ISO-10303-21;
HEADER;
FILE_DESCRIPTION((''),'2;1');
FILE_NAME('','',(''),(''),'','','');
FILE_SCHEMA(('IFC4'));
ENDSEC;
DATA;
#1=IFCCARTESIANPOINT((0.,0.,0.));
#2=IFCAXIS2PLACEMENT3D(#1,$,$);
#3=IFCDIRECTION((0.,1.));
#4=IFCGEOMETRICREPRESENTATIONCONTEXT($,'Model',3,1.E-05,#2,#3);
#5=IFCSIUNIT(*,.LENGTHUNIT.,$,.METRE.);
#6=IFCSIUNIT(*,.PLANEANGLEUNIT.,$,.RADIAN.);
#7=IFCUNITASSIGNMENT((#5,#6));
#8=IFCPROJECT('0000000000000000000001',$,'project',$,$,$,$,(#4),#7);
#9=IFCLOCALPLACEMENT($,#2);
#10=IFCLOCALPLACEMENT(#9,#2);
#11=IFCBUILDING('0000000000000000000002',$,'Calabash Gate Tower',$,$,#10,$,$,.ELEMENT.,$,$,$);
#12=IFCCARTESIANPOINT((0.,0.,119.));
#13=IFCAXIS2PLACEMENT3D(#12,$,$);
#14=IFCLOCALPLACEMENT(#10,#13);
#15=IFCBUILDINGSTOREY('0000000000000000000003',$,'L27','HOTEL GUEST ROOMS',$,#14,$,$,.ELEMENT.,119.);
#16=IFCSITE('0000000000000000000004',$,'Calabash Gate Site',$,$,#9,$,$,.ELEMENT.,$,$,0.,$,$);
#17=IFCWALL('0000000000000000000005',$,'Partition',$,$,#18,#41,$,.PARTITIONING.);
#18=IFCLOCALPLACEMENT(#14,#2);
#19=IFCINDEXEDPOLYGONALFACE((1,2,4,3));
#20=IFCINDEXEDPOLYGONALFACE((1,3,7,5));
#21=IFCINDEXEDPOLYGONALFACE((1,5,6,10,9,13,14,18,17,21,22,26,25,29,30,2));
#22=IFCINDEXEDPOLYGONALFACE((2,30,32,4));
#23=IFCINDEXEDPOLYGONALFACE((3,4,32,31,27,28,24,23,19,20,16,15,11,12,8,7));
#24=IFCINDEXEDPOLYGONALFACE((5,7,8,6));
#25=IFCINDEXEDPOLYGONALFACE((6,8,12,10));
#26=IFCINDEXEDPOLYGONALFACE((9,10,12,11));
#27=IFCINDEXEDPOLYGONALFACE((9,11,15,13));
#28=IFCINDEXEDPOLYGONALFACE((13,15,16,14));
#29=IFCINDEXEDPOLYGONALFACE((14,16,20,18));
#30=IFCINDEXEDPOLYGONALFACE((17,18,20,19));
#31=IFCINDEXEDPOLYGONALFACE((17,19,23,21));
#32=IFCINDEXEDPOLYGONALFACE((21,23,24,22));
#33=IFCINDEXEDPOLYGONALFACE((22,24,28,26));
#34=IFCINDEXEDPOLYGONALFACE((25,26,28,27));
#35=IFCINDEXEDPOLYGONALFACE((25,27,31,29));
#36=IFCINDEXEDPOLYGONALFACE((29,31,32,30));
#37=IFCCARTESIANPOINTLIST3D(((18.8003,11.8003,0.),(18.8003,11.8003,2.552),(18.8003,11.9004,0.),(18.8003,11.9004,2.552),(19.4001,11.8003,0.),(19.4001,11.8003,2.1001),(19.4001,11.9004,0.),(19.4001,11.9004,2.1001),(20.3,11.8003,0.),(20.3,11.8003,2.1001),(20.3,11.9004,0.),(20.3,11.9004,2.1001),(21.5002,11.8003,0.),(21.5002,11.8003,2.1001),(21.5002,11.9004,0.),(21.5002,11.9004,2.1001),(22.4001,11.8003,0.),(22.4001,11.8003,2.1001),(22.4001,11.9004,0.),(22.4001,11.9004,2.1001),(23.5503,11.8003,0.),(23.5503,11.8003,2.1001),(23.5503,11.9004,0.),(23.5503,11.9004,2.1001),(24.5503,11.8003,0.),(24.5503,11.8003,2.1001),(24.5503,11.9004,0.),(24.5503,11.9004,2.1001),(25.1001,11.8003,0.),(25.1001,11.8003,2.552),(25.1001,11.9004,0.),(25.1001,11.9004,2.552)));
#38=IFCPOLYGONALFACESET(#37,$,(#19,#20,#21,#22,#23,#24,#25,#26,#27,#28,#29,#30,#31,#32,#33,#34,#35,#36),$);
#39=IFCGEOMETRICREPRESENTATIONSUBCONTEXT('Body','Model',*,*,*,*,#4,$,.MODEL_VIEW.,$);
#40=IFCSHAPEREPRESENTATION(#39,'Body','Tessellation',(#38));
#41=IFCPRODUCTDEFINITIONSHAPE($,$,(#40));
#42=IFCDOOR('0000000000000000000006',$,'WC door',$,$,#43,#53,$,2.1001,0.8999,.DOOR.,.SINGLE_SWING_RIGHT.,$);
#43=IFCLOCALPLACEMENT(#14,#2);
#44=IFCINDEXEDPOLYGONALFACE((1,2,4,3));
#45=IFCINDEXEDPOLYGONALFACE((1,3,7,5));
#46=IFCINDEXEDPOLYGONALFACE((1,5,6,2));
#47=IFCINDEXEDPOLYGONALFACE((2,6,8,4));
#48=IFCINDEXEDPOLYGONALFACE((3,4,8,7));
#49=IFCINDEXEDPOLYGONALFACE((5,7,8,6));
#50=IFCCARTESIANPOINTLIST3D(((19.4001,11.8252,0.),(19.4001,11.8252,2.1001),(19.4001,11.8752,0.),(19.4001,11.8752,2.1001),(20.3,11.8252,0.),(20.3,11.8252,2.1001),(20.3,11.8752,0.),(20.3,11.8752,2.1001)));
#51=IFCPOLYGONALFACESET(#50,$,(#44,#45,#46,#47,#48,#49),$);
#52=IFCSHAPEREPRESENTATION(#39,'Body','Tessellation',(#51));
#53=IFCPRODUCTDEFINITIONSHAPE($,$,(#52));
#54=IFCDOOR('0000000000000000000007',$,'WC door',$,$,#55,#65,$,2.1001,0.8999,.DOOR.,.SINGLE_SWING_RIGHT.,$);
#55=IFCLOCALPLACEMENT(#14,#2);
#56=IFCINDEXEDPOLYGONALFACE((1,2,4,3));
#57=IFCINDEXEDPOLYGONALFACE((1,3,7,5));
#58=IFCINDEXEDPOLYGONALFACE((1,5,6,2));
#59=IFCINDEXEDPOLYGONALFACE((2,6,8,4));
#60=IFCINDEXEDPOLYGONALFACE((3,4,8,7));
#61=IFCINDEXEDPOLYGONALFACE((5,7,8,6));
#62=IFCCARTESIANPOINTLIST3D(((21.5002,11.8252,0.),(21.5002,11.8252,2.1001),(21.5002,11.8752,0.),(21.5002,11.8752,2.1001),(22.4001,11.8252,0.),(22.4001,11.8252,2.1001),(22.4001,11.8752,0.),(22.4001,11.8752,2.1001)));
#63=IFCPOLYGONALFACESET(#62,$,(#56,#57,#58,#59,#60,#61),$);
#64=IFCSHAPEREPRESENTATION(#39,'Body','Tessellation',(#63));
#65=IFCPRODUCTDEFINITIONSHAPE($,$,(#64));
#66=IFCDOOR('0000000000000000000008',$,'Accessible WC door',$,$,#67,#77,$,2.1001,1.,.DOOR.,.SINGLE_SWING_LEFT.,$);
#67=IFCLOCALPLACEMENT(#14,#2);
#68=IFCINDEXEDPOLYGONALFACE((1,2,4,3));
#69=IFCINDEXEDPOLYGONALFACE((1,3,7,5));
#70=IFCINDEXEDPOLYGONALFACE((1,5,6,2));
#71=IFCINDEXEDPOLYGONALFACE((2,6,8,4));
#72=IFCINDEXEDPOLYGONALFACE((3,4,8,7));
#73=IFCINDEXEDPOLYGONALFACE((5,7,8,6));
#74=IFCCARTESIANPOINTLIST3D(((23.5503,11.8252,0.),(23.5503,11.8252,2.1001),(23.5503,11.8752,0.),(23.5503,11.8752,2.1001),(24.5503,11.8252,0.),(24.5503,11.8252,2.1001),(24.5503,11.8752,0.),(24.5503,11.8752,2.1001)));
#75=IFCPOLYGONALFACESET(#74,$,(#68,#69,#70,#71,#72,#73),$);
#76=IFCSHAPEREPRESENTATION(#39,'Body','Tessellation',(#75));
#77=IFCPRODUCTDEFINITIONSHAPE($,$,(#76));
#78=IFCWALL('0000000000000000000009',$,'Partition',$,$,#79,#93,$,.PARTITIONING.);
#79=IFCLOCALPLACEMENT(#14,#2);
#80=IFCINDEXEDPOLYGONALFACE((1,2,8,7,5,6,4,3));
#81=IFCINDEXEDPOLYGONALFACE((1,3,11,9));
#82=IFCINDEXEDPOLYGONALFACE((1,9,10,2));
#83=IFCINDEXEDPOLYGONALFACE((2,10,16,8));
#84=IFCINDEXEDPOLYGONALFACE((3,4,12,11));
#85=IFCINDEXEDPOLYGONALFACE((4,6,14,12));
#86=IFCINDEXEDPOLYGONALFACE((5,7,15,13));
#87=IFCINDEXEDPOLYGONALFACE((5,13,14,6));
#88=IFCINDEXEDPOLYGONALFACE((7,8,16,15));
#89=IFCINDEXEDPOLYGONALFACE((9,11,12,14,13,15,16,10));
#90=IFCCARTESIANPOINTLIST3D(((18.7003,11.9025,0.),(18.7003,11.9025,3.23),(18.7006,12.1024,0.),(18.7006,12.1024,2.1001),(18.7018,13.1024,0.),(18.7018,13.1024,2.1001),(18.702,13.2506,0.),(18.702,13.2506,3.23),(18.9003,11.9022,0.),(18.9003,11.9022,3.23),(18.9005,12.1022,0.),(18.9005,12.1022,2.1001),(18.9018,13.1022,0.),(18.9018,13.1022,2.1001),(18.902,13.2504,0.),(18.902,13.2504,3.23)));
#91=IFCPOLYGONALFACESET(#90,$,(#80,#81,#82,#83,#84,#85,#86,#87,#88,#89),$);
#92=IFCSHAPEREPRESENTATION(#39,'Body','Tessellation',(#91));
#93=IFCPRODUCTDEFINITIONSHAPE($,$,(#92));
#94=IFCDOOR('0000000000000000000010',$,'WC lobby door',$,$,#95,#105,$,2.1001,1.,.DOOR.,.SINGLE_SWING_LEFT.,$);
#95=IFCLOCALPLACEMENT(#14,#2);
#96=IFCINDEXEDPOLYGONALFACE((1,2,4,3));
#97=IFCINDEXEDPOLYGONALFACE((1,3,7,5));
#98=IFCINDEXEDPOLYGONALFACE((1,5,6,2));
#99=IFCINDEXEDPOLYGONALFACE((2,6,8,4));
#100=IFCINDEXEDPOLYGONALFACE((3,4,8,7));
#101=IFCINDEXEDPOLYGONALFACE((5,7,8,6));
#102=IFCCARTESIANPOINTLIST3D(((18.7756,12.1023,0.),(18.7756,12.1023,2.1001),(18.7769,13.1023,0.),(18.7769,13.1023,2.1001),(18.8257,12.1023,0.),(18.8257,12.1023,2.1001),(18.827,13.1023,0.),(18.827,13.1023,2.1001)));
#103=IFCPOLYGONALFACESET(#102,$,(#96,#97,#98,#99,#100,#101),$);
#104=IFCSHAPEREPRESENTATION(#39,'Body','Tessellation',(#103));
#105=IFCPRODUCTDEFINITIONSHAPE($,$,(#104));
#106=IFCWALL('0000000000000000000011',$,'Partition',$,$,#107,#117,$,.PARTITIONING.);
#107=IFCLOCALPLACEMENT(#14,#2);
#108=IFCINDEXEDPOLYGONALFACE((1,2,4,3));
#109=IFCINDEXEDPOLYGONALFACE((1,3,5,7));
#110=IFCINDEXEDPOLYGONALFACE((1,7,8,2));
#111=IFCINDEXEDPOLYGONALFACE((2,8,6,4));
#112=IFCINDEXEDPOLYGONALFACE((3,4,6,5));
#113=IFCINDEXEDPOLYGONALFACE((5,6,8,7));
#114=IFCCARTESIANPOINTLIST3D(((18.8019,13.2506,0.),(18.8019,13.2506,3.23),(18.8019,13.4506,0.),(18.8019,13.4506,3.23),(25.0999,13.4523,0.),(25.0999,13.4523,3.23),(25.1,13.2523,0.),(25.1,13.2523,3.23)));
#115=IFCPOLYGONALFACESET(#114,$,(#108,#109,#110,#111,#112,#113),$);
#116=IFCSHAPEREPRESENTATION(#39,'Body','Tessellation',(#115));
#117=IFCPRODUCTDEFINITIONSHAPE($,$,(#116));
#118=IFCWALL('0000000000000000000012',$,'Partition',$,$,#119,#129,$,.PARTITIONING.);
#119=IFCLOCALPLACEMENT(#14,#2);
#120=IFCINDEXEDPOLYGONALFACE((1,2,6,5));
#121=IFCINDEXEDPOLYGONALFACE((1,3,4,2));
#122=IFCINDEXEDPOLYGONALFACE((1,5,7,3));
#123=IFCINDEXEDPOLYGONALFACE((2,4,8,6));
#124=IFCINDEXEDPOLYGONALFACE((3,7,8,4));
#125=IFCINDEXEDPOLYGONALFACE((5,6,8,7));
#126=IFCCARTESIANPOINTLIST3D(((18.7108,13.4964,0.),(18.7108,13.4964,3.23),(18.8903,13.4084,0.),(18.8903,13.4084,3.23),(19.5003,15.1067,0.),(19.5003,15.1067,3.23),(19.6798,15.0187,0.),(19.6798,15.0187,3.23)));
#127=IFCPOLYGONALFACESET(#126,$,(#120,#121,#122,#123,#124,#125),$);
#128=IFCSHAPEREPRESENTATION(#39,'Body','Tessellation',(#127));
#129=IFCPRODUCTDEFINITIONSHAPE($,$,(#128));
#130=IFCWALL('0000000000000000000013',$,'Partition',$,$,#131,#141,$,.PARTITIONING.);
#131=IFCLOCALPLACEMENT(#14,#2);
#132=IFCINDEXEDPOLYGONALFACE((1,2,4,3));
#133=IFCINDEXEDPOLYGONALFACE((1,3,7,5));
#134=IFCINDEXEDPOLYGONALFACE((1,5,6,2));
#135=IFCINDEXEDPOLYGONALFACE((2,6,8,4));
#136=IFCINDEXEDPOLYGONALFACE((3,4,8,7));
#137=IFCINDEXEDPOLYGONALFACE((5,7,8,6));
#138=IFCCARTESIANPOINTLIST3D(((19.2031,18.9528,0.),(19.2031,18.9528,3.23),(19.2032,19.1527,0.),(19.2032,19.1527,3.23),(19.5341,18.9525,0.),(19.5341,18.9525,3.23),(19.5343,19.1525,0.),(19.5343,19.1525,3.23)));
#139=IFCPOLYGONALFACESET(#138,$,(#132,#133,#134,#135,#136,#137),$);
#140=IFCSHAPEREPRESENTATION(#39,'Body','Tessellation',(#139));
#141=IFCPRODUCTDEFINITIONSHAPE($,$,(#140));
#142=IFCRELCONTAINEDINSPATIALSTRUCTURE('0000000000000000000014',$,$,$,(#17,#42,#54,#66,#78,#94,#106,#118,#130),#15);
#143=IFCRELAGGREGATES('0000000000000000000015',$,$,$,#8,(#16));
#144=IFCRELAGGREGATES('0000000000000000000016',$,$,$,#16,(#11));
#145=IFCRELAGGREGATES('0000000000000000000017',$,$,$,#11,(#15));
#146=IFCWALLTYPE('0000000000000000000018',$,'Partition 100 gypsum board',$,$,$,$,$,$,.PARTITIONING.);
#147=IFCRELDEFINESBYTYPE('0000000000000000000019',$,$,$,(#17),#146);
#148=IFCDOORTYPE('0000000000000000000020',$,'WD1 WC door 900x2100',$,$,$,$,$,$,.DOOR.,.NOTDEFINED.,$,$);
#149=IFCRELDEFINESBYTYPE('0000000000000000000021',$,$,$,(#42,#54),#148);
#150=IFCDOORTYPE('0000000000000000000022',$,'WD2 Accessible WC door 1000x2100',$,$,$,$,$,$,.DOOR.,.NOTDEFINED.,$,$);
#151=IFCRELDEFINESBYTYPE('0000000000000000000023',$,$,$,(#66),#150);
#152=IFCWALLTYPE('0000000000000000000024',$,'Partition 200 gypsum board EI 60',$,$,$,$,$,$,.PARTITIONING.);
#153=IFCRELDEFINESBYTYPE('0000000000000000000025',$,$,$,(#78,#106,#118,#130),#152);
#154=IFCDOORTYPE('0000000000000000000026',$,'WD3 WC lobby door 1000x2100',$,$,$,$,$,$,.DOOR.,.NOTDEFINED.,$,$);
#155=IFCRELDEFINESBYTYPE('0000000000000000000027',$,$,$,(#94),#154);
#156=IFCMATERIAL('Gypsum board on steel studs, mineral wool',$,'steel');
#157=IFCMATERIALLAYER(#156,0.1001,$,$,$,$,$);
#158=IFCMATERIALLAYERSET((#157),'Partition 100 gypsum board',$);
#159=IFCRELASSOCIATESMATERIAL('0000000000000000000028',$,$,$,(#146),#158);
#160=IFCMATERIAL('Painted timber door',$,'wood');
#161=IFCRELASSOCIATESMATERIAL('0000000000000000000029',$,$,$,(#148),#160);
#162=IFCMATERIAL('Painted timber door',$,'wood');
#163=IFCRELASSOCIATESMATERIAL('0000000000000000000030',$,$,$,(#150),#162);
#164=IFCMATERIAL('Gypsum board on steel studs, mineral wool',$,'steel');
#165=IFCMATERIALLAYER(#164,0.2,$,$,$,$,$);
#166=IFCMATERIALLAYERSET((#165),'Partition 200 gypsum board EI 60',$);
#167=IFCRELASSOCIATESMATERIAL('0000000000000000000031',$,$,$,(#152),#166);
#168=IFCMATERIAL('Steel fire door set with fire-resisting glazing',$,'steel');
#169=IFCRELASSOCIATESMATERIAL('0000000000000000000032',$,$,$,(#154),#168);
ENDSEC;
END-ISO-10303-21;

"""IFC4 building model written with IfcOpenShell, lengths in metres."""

from ifc_helpers import new_model, si_unit, direction, frame, frame_2d, origin, place, context, subcontext, project, spatial, rectangle, extrude, material, layer, layer_set, type_object, element, fill, save


model = new_model("IFC4")

# Units and contexts
model_context = context("Model", 3, precision=1e-05, world=origin(), true_north=direction((0.0, 1.0)))
body_context = subcontext(model_context, "Body", "Model", "MODEL_VIEW")
ifc_project = project(units=[si_unit("LENGTHUNIT", "METRE"), si_unit("PLANEANGLEUNIT", "RADIAN")], contexts=[model_context])

# Site, building, storey
site_placement = place(None, origin())
site = spatial("IfcSite", under=ifc_project, at=site_placement, Name="Calabash Gate Site", CompositionType="ELEMENT", RefElevation=0.0)
building_placement = place(site_placement, origin())
building = spatial("IfcBuilding", under=site, at=building_placement, Name="Calabash Gate Tower", CompositionType="ELEMENT")
storey_placement = place(building_placement, frame((0.0, 0.0, 119.0)))
storey = spatial("IfcBuildingStorey", under=building, at=storey_placement, Name="L27", Description="HOTEL GUEST ROOMS", CompositionType="ELEMENT", Elevation=119.0)

# Wall, openings, doors
ifc_material_1 = material(Name="Gypsum board on steel studs, mineral wool", Category="steel")
ifc_layer_1 = layer(ifc_material_1, 0.1001)
ifc_layer_set_1 = layer_set([ifc_layer_1], Name="Partition 100 gypsum board")
wall_type_1 = type_object("IfcWallType", Name="Partition 100 gypsum board", PredefinedType="PARTITIONING", material=ifc_layer_set_1)
wall_1_placement = place(storey_placement, frame((18.8003, 11.8503, 0.0), z_axis=(0.0, 0.0, 1.0), x_axis=(1.0, 0.0, 0.0)))
wall_1 = element("IfcWall", 1, at=wall_1_placement, inside=storey, type_object=wall_type_1, Name="Partition", PredefinedType="PARTITIONING", context=body_context, shape_type="SweptSolid", body=[
    extrude(rectangle(XDim=6.2998, YDim=0.1001, at=frame_2d((3.1499, 0.0))), origin(), (0.0, 0.0, 1.0), 2.552),
])
opening_1_placement = place(wall_1_placement, frame((0.5999, 0.0, 0.0)))
opening_1 = element("IfcOpeningElement", 2, at=opening_1_placement, cuts=wall_1, PredefinedType="OPENING", context=body_context, shape_type="SweptSolid", body=[
    extrude(rectangle(XDim=0.8999, YDim=2.1001, at=frame_2d((0.45, 1.05))), frame((0.0, 0.0601, 0.0), z_axis=(0.0, -1.0, 0.0), x_axis=(1.0, 0.0, 0.0)), (0.0, 0.0, 1.0), 0.1201),
])
opening_2_placement = place(wall_1_placement, frame((2.7, 0.0, 0.0)))
opening_2 = element("IfcOpeningElement", 3, at=opening_2_placement, cuts=wall_1, PredefinedType="OPENING", context=body_context, shape_type="SweptSolid", body=[
    extrude(rectangle(XDim=0.8999, YDim=2.1001, at=frame_2d((0.45, 1.05))), frame((0.0, 0.0601, 0.0), z_axis=(0.0, -1.0, 0.0), x_axis=(1.0, 0.0, 0.0)), (0.0, 0.0, 1.0), 0.1201),
])
opening_3_placement = place(wall_1_placement, frame((4.75, 0.0, 0.0)))
opening_3 = element("IfcOpeningElement", 4, at=opening_3_placement, cuts=wall_1, PredefinedType="OPENING", context=body_context, shape_type="SweptSolid", body=[
    extrude(rectangle(XDim=1.0, YDim=2.1001, at=frame_2d((0.5, 1.05))), frame((0.0, 0.0601, 0.0), z_axis=(0.0, -1.0, 0.0), x_axis=(1.0, 0.0, 0.0)), (0.0, 0.0, 1.0), 0.1201),
])
ifc_material_2 = material(Name="Painted timber door", Category="wood")
door_type_1 = type_object("IfcDoorType", Name="WD1 WC door 900x2100", OperationType="NOTDEFINED", PredefinedType="DOOR", material=ifc_material_2)
door_1_placement = place(opening_1_placement, origin())
door_1 = element("IfcDoor", 5, at=door_1_placement, inside=storey, type_object=door_type_1, Name="WC door", OperationType="SINGLE_SWING_RIGHT", OverallHeight=2.1001, OverallWidth=0.8999, PredefinedType="DOOR", context=body_context, shape_type="SweptSolid", body=[
    extrude(rectangle(XDim=0.8999, YDim=2.1001, at=frame_2d((0.45, 1.05))), frame((0.0, 0.0249, 0.0), z_axis=(0.0, -1.0, 0.0), x_axis=(1.0, 0.0, 0.0)), (0.0, 0.0, 1.0), 0.05),
])
fill(opening_1, door_1)
door_2_placement = place(opening_2_placement, origin())
door_2 = element("IfcDoor", 6, at=door_2_placement, inside=storey, type_object=door_type_1, Name="WC door", OperationType="SINGLE_SWING_RIGHT", OverallHeight=2.1001, OverallWidth=0.8999, PredefinedType="DOOR", context=body_context, shape_type="SweptSolid", body=[
    extrude(rectangle(XDim=0.8999, YDim=2.1001, at=frame_2d((0.45, 1.05))), frame((0.0, 0.0249, 0.0), z_axis=(0.0, -1.0, 0.0), x_axis=(1.0, 0.0, 0.0)), (0.0, 0.0, 1.0), 0.05),
])
fill(opening_2, door_2)
ifc_material_3 = material(Name="Painted timber door", Category="wood")
door_type_2 = type_object("IfcDoorType", Name="WD2 Accessible WC door 1000x2100", OperationType="NOTDEFINED", PredefinedType="DOOR", material=ifc_material_3)
door_3_placement = place(opening_3_placement, origin())
door_3 = element("IfcDoor", 7, at=door_3_placement, inside=storey, type_object=door_type_2, Name="Accessible WC door", OperationType="SINGLE_SWING_LEFT", OverallHeight=2.1001, OverallWidth=1.0, PredefinedType="DOOR", context=body_context, shape_type="SweptSolid", body=[
    extrude(rectangle(XDim=1.0, YDim=2.1001, at=frame_2d((0.5, 1.05))), frame((0.0, 0.0249, 0.0), z_axis=(0.0, -1.0, 0.0), x_axis=(1.0, 0.0, 0.0)), (0.0, 0.0, 1.0), 0.05),
])
fill(opening_3, door_3)

# Wall, opening, door
ifc_material_4 = material(Name="Gypsum board on steel studs, mineral wool", Category="steel")
ifc_layer_2 = layer(ifc_material_4, 0.2)
ifc_layer_set_2 = layer_set([ifc_layer_2], Name="Partition 200 gypsum board EI 60")
wall_type_2 = type_object("IfcWallType", Name="Partition 200 gypsum board EI 60", PredefinedType="PARTITIONING", material=ifc_layer_set_2)
wall_2_placement = place(storey_placement, frame((18.8003, 11.9023, 0.0), z_axis=(0.0, 0.0, 1.0), x_axis=(0.001268, 0.999999, 0.0)))
wall_2 = element("IfcWall", 8, at=wall_2_placement, inside=storey, type_object=wall_type_2, Name="Partition", PredefinedType="PARTITIONING", context=body_context, shape_type="SweptSolid", body=[
    extrude(rectangle(XDim=1.3481, YDim=0.2, at=frame_2d((0.6741, 0.0))), origin(), (0.0, 0.0, 1.0), 3.23),
])
opening_4_placement = place(wall_2_placement, frame((0.2, 0.0, 0.0)))
opening_4 = element("IfcOpeningElement", 9, at=opening_4_placement, cuts=wall_2, PredefinedType="OPENING", context=body_context, shape_type="SweptSolid", body=[
    extrude(rectangle(XDim=1.0, YDim=2.1001, at=frame_2d((0.5, 1.05))), frame((0.0, 0.1099, 0.0), z_axis=(0.0, -1.0, 0.0), x_axis=(1.0, 0.0, 0.0)), (0.0, 0.0, 1.0), 0.22),
])
ifc_material_5 = material(Name="Steel fire door set with fire-resisting glazing", Category="steel")
door_type_3 = type_object("IfcDoorType", Name="WD3 WC lobby door 1000x2100", OperationType="NOTDEFINED", PredefinedType="DOOR", material=ifc_material_5)
door_4_placement = place(opening_4_placement, origin())
door_4 = element("IfcDoor", 10, at=door_4_placement, inside=storey, type_object=door_type_3, Name="WC lobby door", OperationType="SINGLE_SWING_LEFT", OverallHeight=2.1001, OverallWidth=1.0, PredefinedType="DOOR", context=body_context, shape_type="SweptSolid", body=[
    extrude(rectangle(XDim=1.0, YDim=2.1001, at=frame_2d((0.5, 1.05))), frame((0.0, 0.0249, 0.0), z_axis=(0.0, -1.0, 0.0), x_axis=(1.0, 0.0, 0.0)), (0.0, 0.0, 1.0), 0.05),
])
fill(opening_4, door_4)

# Walls
wall_3_placement = place(storey_placement, frame((18.802, 13.3506, 0.0), z_axis=(0.0, 0.0, 1.0), x_axis=(1.0, 0.000271, 0.0)))
element("IfcWall", 11, at=wall_3_placement, inside=storey, type_object=wall_type_2, Name="Partition", PredefinedType="PARTITIONING", context=body_context, shape_type="SweptSolid", body=[
    extrude(rectangle(XDim=6.2981, YDim=0.2, at=frame_2d((3.1489, 0.0))), origin(), (0.0, 0.0, 1.0), 3.23),
])
wall_4_placement = place(storey_placement, frame((18.8005, 13.4524, 0.0), z_axis=(0.0, 0.0, 1.0), x_axis=(0.44023, 0.897885, 0.0)))
element("IfcWall", 12, at=wall_4_placement, inside=storey, type_object=wall_type_2, Name="Partition", PredefinedType="PARTITIONING", context=body_context, shape_type="SweptSolid", body=[
    extrude(rectangle(XDim=1.7935, YDim=0.2, at=frame_2d((0.8967, 0.0))), origin(), (0.0, 0.0, 1.0), 3.23),
])
wall_5_placement = place(storey_placement, frame((19.2031, 19.0527, 0.0), z_axis=(0.0, 0.0, 1.0), x_axis=(1.0, -0.000737, 0.0)))
element("IfcWall", 13, at=wall_5_placement, inside=storey, type_object=wall_type_2, Name="Partition", PredefinedType="PARTITIONING", context=body_context, shape_type="SweptSolid", body=[
    extrude(rectangle(XDim=0.3311, YDim=0.2, at=frame_2d((0.1655, 0.0))), origin(), (0.0, 0.0, 1.0), 3.23),
])

save(model, "model.ifc")
